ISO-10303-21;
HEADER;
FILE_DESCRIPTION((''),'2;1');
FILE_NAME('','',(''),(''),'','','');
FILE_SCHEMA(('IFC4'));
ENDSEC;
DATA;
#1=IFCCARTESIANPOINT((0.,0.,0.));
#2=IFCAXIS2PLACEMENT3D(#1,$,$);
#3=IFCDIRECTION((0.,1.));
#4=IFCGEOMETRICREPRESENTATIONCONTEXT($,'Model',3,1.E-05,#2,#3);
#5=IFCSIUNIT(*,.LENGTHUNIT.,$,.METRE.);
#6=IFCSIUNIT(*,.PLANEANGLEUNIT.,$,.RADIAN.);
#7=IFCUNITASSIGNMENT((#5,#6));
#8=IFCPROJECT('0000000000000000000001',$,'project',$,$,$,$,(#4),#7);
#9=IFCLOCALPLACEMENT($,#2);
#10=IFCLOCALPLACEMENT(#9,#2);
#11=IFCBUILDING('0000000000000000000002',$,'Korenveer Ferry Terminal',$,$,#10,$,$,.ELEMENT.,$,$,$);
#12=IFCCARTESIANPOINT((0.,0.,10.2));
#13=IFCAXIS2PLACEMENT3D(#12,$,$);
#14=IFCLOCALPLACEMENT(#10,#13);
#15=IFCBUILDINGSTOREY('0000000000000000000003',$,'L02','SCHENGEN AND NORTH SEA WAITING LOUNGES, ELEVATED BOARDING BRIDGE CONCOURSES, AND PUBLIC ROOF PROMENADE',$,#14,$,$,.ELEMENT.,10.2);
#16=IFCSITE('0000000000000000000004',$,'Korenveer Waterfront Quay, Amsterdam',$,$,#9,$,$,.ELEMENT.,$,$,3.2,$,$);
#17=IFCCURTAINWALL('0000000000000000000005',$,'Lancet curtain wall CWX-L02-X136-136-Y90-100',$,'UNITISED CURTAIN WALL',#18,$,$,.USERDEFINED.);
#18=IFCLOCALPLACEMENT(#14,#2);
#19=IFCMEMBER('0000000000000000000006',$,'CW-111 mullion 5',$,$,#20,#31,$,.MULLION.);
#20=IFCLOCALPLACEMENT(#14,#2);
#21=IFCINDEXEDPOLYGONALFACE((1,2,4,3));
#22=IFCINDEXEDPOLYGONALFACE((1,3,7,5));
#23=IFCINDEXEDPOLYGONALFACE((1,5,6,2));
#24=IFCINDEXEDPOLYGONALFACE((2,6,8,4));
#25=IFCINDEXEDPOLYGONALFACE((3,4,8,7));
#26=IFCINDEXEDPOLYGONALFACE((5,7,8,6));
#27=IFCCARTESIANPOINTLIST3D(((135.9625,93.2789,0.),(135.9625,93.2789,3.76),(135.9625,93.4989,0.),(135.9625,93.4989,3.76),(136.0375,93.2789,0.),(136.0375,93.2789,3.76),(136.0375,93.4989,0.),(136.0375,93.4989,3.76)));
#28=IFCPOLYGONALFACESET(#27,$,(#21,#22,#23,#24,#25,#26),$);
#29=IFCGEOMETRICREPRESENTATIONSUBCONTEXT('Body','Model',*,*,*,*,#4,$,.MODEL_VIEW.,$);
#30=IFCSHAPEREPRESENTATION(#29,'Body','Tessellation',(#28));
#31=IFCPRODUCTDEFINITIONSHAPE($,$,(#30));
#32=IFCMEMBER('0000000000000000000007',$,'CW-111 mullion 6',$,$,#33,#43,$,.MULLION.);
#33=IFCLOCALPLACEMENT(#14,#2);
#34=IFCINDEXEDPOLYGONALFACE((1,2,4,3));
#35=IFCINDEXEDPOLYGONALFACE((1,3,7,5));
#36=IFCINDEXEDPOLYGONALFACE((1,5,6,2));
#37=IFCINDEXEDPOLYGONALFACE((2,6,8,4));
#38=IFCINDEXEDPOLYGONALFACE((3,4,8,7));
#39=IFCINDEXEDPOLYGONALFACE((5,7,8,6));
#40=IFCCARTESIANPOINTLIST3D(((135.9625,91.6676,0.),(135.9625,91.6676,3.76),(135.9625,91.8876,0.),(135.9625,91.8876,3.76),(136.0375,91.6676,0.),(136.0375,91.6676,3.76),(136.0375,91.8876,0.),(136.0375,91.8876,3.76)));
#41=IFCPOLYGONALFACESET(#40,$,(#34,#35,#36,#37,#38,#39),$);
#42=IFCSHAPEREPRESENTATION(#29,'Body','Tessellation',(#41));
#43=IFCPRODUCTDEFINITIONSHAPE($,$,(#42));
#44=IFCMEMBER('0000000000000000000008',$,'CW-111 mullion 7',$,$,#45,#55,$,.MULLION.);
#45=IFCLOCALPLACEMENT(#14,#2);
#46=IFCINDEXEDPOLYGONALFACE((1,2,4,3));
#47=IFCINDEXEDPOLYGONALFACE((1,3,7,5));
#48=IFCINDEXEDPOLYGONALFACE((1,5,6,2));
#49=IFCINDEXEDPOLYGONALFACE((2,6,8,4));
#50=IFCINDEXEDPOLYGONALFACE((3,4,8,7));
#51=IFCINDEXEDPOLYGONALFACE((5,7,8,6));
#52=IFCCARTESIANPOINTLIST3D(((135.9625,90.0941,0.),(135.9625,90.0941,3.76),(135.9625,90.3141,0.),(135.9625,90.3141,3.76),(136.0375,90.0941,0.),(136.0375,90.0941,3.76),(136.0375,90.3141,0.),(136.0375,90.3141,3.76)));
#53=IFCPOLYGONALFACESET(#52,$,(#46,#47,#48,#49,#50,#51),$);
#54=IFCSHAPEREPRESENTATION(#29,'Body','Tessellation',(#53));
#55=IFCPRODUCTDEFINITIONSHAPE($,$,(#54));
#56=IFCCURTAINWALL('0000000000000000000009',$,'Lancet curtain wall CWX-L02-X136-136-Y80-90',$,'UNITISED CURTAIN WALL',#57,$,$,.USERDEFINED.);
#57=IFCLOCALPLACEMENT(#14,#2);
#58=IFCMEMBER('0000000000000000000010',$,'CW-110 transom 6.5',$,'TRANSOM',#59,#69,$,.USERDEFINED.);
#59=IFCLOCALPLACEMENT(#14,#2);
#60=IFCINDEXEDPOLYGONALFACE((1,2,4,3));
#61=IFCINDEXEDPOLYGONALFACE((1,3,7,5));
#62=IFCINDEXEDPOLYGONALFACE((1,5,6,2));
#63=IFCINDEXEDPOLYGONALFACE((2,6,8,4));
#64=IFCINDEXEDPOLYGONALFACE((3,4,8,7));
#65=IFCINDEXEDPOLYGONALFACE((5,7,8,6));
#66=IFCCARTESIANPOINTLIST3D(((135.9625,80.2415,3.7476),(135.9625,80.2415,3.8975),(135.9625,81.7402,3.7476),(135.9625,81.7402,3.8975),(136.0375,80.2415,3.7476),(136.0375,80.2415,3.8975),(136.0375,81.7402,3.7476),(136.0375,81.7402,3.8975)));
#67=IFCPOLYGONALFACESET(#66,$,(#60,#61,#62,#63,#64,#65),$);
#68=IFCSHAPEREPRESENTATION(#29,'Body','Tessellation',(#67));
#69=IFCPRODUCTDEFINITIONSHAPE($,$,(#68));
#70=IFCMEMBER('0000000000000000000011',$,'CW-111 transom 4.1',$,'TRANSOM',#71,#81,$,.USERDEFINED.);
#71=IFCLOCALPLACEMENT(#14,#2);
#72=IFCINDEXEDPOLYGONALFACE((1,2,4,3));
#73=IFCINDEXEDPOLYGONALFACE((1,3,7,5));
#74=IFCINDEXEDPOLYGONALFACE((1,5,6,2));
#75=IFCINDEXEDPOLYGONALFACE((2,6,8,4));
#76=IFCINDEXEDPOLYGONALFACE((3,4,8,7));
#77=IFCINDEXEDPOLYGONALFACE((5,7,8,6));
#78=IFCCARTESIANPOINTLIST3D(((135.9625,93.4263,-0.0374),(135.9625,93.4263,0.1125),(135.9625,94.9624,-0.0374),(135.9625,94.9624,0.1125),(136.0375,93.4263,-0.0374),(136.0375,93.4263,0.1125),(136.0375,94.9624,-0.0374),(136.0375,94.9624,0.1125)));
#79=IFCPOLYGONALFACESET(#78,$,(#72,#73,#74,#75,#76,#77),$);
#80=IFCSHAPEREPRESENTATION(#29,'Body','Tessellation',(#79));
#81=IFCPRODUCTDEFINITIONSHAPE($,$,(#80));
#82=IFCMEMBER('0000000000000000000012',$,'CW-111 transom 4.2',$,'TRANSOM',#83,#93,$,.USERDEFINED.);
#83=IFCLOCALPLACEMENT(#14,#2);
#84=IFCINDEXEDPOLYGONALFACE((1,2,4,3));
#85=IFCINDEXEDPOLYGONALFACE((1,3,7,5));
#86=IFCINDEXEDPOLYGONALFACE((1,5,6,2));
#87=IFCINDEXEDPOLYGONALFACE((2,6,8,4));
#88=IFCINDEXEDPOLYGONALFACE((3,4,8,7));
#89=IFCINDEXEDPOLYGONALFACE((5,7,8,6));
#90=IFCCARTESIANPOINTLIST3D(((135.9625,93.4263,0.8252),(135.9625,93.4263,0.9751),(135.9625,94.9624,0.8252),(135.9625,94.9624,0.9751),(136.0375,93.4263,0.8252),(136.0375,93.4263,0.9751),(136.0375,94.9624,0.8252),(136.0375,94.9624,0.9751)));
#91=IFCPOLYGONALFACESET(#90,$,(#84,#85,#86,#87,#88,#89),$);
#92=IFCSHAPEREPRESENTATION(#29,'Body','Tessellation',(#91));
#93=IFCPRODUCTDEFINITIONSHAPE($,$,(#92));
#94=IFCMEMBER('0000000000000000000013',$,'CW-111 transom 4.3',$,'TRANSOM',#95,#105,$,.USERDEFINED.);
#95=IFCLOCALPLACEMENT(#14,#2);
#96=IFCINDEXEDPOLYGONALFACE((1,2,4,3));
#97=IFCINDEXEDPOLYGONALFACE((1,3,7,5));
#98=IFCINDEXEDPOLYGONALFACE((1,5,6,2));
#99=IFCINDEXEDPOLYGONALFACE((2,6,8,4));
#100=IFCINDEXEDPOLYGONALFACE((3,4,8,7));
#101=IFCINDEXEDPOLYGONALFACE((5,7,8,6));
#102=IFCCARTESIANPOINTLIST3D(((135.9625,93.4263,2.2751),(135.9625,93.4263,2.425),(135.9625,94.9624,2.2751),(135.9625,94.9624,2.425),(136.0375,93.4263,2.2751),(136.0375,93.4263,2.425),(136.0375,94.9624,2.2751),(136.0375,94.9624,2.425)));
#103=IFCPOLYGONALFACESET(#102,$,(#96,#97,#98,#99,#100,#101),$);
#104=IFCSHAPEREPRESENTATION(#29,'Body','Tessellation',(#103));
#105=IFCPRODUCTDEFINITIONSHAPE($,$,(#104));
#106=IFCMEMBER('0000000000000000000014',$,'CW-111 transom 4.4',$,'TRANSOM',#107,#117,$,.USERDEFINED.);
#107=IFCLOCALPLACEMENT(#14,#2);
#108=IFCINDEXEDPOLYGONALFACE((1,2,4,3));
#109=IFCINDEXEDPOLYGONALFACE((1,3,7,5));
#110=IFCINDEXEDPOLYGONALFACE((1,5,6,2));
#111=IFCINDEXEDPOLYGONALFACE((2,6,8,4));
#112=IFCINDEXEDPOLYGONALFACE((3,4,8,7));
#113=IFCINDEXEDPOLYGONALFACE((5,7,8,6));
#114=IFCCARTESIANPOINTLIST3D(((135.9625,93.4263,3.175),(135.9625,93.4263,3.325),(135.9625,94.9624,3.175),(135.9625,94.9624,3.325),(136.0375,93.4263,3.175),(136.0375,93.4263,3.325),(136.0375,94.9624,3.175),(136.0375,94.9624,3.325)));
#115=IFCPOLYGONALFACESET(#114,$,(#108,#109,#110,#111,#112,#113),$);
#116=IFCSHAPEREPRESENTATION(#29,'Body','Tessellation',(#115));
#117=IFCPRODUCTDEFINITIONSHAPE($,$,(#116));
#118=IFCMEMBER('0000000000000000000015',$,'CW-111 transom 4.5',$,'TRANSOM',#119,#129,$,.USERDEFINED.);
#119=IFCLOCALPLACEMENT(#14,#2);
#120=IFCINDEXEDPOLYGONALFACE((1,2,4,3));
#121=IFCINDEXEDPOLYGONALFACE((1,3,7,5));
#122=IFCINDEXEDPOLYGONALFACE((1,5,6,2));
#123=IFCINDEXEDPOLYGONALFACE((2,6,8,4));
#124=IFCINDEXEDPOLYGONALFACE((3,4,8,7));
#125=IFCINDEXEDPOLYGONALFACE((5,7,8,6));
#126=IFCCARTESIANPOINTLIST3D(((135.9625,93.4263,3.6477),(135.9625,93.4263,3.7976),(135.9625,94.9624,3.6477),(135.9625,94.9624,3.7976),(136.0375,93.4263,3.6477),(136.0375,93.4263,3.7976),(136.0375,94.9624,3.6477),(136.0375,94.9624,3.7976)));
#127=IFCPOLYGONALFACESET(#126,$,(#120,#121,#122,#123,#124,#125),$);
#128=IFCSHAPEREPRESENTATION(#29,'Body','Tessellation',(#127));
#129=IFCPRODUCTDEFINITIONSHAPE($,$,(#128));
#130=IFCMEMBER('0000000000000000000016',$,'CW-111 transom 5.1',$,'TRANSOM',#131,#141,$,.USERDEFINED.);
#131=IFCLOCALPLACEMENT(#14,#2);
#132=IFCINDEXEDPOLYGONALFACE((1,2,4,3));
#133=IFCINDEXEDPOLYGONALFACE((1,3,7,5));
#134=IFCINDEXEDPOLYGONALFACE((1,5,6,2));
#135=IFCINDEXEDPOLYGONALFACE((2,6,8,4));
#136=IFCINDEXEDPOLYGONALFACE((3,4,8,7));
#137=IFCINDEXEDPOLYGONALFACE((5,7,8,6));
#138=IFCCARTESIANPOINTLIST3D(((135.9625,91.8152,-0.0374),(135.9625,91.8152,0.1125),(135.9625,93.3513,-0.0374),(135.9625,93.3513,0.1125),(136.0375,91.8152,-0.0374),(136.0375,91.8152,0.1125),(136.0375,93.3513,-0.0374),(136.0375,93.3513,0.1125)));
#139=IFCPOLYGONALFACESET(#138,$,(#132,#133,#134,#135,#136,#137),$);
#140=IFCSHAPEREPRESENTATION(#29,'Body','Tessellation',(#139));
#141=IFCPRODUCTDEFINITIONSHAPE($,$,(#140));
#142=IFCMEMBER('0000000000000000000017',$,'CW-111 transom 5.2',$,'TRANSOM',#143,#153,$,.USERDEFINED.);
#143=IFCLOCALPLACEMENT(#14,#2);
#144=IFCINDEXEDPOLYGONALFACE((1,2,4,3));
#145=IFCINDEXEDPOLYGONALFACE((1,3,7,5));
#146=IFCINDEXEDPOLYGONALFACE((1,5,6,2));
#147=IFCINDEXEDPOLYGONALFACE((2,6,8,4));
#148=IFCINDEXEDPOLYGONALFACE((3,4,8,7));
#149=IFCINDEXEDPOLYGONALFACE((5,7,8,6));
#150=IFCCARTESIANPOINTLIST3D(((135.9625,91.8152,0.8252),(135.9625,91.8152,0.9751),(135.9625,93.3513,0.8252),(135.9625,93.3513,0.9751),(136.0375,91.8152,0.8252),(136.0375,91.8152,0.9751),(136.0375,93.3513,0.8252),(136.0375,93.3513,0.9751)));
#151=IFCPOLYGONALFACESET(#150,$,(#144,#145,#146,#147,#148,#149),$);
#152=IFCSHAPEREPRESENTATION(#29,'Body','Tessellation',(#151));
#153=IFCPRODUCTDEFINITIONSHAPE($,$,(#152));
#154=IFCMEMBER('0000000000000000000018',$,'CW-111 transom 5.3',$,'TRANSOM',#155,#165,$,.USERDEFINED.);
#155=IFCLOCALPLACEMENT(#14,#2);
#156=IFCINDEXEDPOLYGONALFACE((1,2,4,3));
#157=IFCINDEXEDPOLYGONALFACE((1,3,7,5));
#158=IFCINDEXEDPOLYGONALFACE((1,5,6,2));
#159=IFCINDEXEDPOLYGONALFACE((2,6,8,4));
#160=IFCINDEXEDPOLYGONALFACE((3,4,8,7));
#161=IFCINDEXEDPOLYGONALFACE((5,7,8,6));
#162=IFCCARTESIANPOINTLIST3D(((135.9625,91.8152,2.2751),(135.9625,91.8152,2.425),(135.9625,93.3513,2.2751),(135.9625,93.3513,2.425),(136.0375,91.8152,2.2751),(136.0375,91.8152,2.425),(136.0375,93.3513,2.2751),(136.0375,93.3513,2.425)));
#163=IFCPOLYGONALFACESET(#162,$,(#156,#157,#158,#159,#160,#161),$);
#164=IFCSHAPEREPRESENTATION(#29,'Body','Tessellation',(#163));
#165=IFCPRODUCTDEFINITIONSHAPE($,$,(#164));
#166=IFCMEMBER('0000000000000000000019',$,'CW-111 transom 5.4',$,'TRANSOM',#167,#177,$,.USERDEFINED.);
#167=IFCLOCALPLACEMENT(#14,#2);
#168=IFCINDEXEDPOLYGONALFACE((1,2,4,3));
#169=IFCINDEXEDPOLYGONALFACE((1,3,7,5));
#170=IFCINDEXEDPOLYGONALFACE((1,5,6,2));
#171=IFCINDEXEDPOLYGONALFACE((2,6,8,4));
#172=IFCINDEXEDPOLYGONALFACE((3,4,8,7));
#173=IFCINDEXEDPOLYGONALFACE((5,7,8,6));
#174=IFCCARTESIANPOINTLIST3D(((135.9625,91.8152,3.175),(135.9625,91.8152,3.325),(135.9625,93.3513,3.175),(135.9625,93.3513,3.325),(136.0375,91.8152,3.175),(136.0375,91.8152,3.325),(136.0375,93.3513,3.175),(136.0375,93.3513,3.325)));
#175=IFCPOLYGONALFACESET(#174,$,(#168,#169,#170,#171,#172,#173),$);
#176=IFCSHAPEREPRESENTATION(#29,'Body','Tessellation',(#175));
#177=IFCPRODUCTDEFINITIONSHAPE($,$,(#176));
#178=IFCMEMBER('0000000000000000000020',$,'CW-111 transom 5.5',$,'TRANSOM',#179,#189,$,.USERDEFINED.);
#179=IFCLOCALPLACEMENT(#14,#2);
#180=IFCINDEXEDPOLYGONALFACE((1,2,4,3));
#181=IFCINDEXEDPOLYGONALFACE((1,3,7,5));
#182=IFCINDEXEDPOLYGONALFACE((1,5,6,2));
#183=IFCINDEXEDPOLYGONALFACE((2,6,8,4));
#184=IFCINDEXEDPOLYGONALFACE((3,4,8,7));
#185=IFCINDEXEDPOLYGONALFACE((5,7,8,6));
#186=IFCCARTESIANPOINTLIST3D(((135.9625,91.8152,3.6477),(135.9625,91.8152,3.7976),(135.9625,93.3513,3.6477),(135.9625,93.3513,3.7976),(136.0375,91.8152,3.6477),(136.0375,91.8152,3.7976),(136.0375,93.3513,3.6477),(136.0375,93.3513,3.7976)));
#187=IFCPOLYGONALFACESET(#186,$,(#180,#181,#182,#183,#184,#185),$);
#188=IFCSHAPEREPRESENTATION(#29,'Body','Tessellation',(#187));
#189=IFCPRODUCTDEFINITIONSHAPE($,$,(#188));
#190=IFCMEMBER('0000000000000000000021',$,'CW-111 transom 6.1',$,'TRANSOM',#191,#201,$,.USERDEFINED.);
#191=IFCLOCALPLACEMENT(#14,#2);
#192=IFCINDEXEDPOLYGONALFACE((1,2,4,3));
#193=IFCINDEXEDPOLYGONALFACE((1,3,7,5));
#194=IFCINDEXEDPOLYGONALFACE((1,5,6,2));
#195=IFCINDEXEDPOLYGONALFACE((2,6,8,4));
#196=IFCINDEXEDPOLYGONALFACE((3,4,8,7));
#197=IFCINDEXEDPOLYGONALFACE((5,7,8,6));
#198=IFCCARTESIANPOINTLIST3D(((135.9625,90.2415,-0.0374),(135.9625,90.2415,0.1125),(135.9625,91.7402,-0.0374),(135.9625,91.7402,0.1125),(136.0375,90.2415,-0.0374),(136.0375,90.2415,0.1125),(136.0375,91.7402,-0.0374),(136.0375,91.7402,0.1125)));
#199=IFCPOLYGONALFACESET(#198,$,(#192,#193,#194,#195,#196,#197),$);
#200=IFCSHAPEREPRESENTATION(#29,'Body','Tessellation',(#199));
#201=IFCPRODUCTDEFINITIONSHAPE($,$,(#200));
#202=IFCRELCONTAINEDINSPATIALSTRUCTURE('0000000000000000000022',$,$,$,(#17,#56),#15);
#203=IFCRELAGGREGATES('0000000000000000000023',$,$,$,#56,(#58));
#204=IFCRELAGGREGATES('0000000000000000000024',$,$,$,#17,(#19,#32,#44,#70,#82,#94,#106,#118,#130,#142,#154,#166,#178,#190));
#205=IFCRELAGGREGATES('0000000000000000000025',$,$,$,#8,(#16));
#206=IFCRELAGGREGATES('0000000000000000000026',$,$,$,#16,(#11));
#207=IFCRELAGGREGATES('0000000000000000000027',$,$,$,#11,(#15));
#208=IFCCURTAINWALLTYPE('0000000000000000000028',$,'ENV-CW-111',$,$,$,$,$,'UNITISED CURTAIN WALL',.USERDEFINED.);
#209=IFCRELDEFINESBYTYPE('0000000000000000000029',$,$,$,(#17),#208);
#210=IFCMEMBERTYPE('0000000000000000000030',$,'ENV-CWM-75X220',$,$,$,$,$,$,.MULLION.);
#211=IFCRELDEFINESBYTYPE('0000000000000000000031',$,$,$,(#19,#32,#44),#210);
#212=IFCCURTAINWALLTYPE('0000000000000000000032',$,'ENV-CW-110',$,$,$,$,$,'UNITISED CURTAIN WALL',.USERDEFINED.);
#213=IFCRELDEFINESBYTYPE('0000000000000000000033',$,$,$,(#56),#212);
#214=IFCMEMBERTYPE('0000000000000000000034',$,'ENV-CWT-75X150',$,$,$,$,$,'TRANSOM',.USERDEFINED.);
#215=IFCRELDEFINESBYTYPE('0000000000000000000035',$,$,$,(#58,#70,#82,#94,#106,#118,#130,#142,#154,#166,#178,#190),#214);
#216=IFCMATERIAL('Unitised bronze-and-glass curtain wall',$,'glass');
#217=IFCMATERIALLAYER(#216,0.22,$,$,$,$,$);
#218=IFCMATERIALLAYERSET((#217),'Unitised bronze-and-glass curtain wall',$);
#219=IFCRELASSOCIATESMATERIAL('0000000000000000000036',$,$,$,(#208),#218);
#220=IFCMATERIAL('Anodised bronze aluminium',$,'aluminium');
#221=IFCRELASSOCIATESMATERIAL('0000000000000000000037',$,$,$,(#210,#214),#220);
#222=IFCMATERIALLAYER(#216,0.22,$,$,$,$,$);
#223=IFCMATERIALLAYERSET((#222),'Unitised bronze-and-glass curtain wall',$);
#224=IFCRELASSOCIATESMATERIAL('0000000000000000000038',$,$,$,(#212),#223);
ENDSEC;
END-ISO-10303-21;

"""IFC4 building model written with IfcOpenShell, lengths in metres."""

from ifc_helpers import new_model, si_unit, direction, frame, origin, origin_2d, place, context, subcontext, project, spatial, rectangle, extrude, material, layer, layer_set, material_profile, profile_set, type_object, element, aggregate, save


model = new_model("IFC4")

# Units and contexts
model_context = context("Model", 3, precision=1e-05, world=origin(), true_north=direction((0.0, 1.0)))
body_context = subcontext(model_context, "Body", "Model", "MODEL_VIEW")
ifc_project = project(units=[si_unit("LENGTHUNIT", "METRE"), si_unit("PLANEANGLEUNIT", "RADIAN")], contexts=[model_context])

# Site, building, storey
site_placement = place(None, origin())
site = spatial("IfcSite", under=ifc_project, at=site_placement, Name="Korenveer Waterfront Quay, Amsterdam", CompositionType="ELEMENT", RefElevation=3.2)
building_placement = place(site_placement, origin())
building = spatial("IfcBuilding", under=site, at=building_placement, Name="Korenveer Ferry Terminal", CompositionType="ELEMENT")
storey_placement = place(building_placement, frame((0.0, 0.0, 10.2)))
storey = spatial("IfcBuildingStorey", under=building, at=storey_placement, Name="L02", Description="SCHENGEN AND NORTH SEA WAITING LOUNGES, ELEVATED BOARDING BRIDGE CONCOURSES, AND PUBLIC ROOF PROMENADE", CompositionType="ELEMENT", Elevation=10.2)

# Curtain wall, members
ifc_material_1 = material(Name="Unitised bronze-and-glass curtain wall", Category="glass")
ifc_layer_1 = layer(ifc_material_1, 0.22)
ifc_layer_set_1 = layer_set([ifc_layer_1], Name="Unitised bronze-and-glass curtain wall")
curtain_wall_type_1 = type_object("IfcCurtainWallType", Name="ENV-CW-111", ElementType="UNITISED CURTAIN WALL", PredefinedType="USERDEFINED", material=ifc_layer_set_1)
curtain_wall_1_placement = place(storey_placement, frame((136.0, 99.8335, 0.0)))
curtain_wall_1 = element("IfcCurtainWall", 1, at=curtain_wall_1_placement, inside=storey, type_object=curtain_wall_type_1, Name="Lancet curtain wall CWX-L02-X136-136-Y90-100", ObjectType="UNITISED CURTAIN WALL", PredefinedType="USERDEFINED")
ifc_material_2 = material(Name="Anodised bronze aluminium", Category="aluminium")
ifc_material_profile_1 = material_profile(ifc_material_2, rectangle(XDim=0.075, YDim=0.22, at=origin_2d()), Name="ALU 75x220")
ifc_profile_set_1 = profile_set([ifc_material_profile_1], Name="Anodised bronze aluminium")
member_type_1 = type_object("IfcMemberType", Name="ENV-CWM-75X220", PredefinedType="MULLION", material=ifc_profile_set_1)
member_1_placement = place(storey_placement, frame((136.0, 93.3889, 0.0), z_axis=(0.0, 0.0, 1.0), x_axis=(1.0, 0.0, 0.0)))
member_1 = element("IfcMember", 2, at=member_1_placement, type_object=member_type_1, Name="CW-111 mullion 5", PredefinedType="MULLION", context=body_context, shape_type="SweptSolid", body=[
    extrude(rectangle(XDim=0.075, YDim=0.22, at=origin_2d()), origin(), (0.0, 0.0, 1.0), 3.76),
])
member_2_placement = place(storey_placement, frame((136.0, 91.7776, 0.0), z_axis=(0.0, 0.0, 1.0), x_axis=(1.0, 0.0, 0.0)))
member_2 = element("IfcMember", 3, at=member_2_placement, type_object=member_type_1, Name="CW-111 mullion 6", PredefinedType="MULLION", context=body_context, shape_type="SweptSolid", body=[
    extrude(rectangle(XDim=0.075, YDim=0.22, at=origin_2d()), origin(), (0.0, 0.0, 1.0), 3.76),
])
member_3_placement = place(storey_placement, frame((136.0, 90.2041, 0.0), z_axis=(0.0, 0.0, 1.0), x_axis=(1.0, 0.0, 0.0)))
member_3 = element("IfcMember", 4, at=member_3_placement, type_object=member_type_1, Name="CW-111 mullion 7", PredefinedType="MULLION", context=body_context, shape_type="SweptSolid", body=[
    extrude(rectangle(XDim=0.075, YDim=0.22, at=origin_2d()), origin(), (0.0, 0.0, 1.0), 3.76),
])

# Curtain wall, member
ifc_layer_2 = layer(ifc_material_1, 0.22)
ifc_layer_set_2 = layer_set([ifc_layer_2], Name="Unitised bronze-and-glass curtain wall")
curtain_wall_type_2 = type_object("IfcCurtainWallType", Name="ENV-CW-110", ElementType="UNITISED CURTAIN WALL", PredefinedType="USERDEFINED", material=ifc_layer_set_2)
curtain_wall_2_placement = place(storey_placement, frame((136.0, 89.8335, 0.0)))
curtain_wall_2 = element("IfcCurtainWall", 5, at=curtain_wall_2_placement, inside=storey, type_object=curtain_wall_type_2, Name="Lancet curtain wall CWX-L02-X136-136-Y80-90", ObjectType="UNITISED CURTAIN WALL", PredefinedType="USERDEFINED")
ifc_material_profile_2 = material_profile(ifc_material_2, rectangle(XDim=0.075, YDim=0.1499, at=origin_2d()), Name="ALU 75x150")
ifc_profile_set_2 = profile_set([ifc_material_profile_2], Name="Anodised bronze aluminium")
member_type_2 = type_object("IfcMemberType", Name="ENV-CWT-75X150", ElementType="TRANSOM", PredefinedType="USERDEFINED", material=ifc_profile_set_2)
member_4_placement = place(storey_placement, frame((136.0, 81.7402, 3.8225), z_axis=(0.0, -1.0, 0.0), x_axis=(1.0, 0.0, 0.0)))
member_4 = element("IfcMember", 6, at=member_4_placement, type_object=member_type_2, Name="CW-110 transom 6.5", ObjectType="TRANSOM", PredefinedType="USERDEFINED", context=body_context, shape_type="SweptSolid", body=[
    extrude(rectangle(XDim=0.075, YDim=0.1499, at=origin_2d()), origin(), (0.0, 0.0, 1.0), 1.4988),
])

# Members
member_5_placement = place(storey_placement, frame((136.0, 94.9624, 0.0376), z_axis=(0.0, -1.0, 0.0), x_axis=(1.0, 0.0, 0.0)))
member_5 = element("IfcMember", 7, at=member_5_placement, type_object=member_type_2, Name="CW-111 transom 4.1", ObjectType="TRANSOM", PredefinedType="USERDEFINED", context=body_context, shape_type="SweptSolid", body=[
    extrude(rectangle(XDim=0.075, YDim=0.1499, at=origin_2d()), origin(), (0.0, 0.0, 1.0), 1.5361),
])
member_6_placement = place(storey_placement, frame((136.0, 94.9624, 0.9001), z_axis=(0.0, -1.0, 0.0), x_axis=(1.0, 0.0, 0.0)))
member_6 = element("IfcMember", 8, at=member_6_placement, type_object=member_type_2, Name="CW-111 transom 4.2", ObjectType="TRANSOM", PredefinedType="USERDEFINED", context=body_context, shape_type="SweptSolid", body=[
    extrude(rectangle(XDim=0.075, YDim=0.1499, at=origin_2d()), origin(), (0.0, 0.0, 1.0), 1.5361),
])
member_7_placement = place(storey_placement, frame((136.0, 94.9624, 2.3501), z_axis=(0.0, -1.0, 0.0), x_axis=(1.0, 0.0, 0.0)))
member_7 = element("IfcMember", 9, at=member_7_placement, type_object=member_type_2, Name="CW-111 transom 4.3", ObjectType="TRANSOM", PredefinedType="USERDEFINED", context=body_context, shape_type="SweptSolid", body=[
    extrude(rectangle(XDim=0.075, YDim=0.1499, at=origin_2d()), origin(), (0.0, 0.0, 1.0), 1.5361),
])
member_8_placement = place(storey_placement, frame((136.0, 94.9624, 3.25), z_axis=(0.0, -1.0, 0.0), x_axis=(1.0, 0.0, 0.0)))
member_8 = element("IfcMember", 10, at=member_8_placement, type_object=member_type_2, Name="CW-111 transom 4.4", ObjectType="TRANSOM", PredefinedType="USERDEFINED", context=body_context, shape_type="SweptSolid", body=[
    extrude(rectangle(XDim=0.075, YDim=0.1499, at=origin_2d()), origin(), (0.0, 0.0, 1.0), 1.5361),
])
member_9_placement = place(storey_placement, frame((136.0, 94.9624, 3.7227), z_axis=(0.0, -1.0, 0.0), x_axis=(1.0, 0.0, 0.0)))
member_9 = element("IfcMember", 11, at=member_9_placement, type_object=member_type_2, Name="CW-111 transom 4.5", ObjectType="TRANSOM", PredefinedType="USERDEFINED", context=body_context, shape_type="SweptSolid", body=[
    extrude(rectangle(XDim=0.075, YDim=0.1499, at=origin_2d()), origin(), (0.0, 0.0, 1.0), 1.5361),
])
member_10_placement = place(storey_placement, frame((136.0, 93.3513, 0.0376), z_axis=(0.0, -1.0, 0.0), x_axis=(1.0, 0.0, 0.0)))
member_10 = element("IfcMember", 12, at=member_10_placement, type_object=member_type_2, Name="CW-111 transom 5.1", ObjectType="TRANSOM", PredefinedType="USERDEFINED", context=body_context, shape_type="SweptSolid", body=[
    extrude(rectangle(XDim=0.075, YDim=0.1499, at=origin_2d()), origin(), (0.0, 0.0, 1.0), 1.5361),
])
member_11_placement = place(storey_placement, frame((136.0, 93.3513, 0.9001), z_axis=(0.0, -1.0, 0.0), x_axis=(1.0, 0.0, 0.0)))
member_11 = element("IfcMember", 13, at=member_11_placement, type_object=member_type_2, Name="CW-111 transom 5.2", ObjectType="TRANSOM", PredefinedType="USERDEFINED", context=body_context, shape_type="SweptSolid", body=[
    extrude(rectangle(XDim=0.075, YDim=0.1499, at=origin_2d()), origin(), (0.0, 0.0, 1.0), 1.5361),
])
member_12_placement = place(storey_placement, frame((136.0, 93.3513, 2.3501), z_axis=(0.0, -1.0, 0.0), x_axis=(1.0, 0.0, 0.0)))
member_12 = element("IfcMember", 14, at=member_12_placement, type_object=member_type_2, Name="CW-111 transom 5.3", ObjectType="TRANSOM", PredefinedType="USERDEFINED", context=body_context, shape_type="SweptSolid", body=[
    extrude(rectangle(XDim=0.075, YDim=0.1499, at=origin_2d()), origin(), (0.0, 0.0, 1.0), 1.5361),
])
member_13_placement = place(storey_placement, frame((136.0, 93.3513, 3.25), z_axis=(0.0, -1.0, 0.0), x_axis=(1.0, 0.0, 0.0)))
member_13 = element("IfcMember", 15, at=member_13_placement, type_object=member_type_2, Name="CW-111 transom 5.4", ObjectType="TRANSOM", PredefinedType="USERDEFINED", context=body_context, shape_type="SweptSolid", body=[
    extrude(rectangle(XDim=0.075, YDim=0.1499, at=origin_2d()), origin(), (0.0, 0.0, 1.0), 1.5361),
])
member_14_placement = place(storey_placement, frame((136.0, 93.3513, 3.7227), z_axis=(0.0, -1.0, 0.0), x_axis=(1.0, 0.0, 0.0)))
member_14 = element("IfcMember", 16, at=member_14_placement, type_object=member_type_2, Name="CW-111 transom 5.5", ObjectType="TRANSOM", PredefinedType="USERDEFINED", context=body_context, shape_type="SweptSolid", body=[
    extrude(rectangle(XDim=0.075, YDim=0.1499, at=origin_2d()), origin(), (0.0, 0.0, 1.0), 1.5361),
])
member_15_placement = place(storey_placement, frame((136.0, 91.7402, 0.0376), z_axis=(0.0, -1.0, 0.0), x_axis=(1.0, 0.0, 0.0)))
member_15 = element("IfcMember", 17, at=member_15_placement, type_object=member_type_2, Name="CW-111 transom 6.1", ObjectType="TRANSOM", PredefinedType="USERDEFINED", context=body_context, shape_type="SweptSolid", body=[
    extrude(rectangle(XDim=0.075, YDim=0.1499, at=origin_2d()), origin(), (0.0, 0.0, 1.0), 1.4988),
])

aggregate(curtain_wall_2, [member_4])
aggregate(curtain_wall_1, [member_1, member_2, member_3, member_5, member_6, member_7, member_8, member_9, member_10, member_11, member_12, member_13, member_14, member_15])

save(model, "model.ifc")
